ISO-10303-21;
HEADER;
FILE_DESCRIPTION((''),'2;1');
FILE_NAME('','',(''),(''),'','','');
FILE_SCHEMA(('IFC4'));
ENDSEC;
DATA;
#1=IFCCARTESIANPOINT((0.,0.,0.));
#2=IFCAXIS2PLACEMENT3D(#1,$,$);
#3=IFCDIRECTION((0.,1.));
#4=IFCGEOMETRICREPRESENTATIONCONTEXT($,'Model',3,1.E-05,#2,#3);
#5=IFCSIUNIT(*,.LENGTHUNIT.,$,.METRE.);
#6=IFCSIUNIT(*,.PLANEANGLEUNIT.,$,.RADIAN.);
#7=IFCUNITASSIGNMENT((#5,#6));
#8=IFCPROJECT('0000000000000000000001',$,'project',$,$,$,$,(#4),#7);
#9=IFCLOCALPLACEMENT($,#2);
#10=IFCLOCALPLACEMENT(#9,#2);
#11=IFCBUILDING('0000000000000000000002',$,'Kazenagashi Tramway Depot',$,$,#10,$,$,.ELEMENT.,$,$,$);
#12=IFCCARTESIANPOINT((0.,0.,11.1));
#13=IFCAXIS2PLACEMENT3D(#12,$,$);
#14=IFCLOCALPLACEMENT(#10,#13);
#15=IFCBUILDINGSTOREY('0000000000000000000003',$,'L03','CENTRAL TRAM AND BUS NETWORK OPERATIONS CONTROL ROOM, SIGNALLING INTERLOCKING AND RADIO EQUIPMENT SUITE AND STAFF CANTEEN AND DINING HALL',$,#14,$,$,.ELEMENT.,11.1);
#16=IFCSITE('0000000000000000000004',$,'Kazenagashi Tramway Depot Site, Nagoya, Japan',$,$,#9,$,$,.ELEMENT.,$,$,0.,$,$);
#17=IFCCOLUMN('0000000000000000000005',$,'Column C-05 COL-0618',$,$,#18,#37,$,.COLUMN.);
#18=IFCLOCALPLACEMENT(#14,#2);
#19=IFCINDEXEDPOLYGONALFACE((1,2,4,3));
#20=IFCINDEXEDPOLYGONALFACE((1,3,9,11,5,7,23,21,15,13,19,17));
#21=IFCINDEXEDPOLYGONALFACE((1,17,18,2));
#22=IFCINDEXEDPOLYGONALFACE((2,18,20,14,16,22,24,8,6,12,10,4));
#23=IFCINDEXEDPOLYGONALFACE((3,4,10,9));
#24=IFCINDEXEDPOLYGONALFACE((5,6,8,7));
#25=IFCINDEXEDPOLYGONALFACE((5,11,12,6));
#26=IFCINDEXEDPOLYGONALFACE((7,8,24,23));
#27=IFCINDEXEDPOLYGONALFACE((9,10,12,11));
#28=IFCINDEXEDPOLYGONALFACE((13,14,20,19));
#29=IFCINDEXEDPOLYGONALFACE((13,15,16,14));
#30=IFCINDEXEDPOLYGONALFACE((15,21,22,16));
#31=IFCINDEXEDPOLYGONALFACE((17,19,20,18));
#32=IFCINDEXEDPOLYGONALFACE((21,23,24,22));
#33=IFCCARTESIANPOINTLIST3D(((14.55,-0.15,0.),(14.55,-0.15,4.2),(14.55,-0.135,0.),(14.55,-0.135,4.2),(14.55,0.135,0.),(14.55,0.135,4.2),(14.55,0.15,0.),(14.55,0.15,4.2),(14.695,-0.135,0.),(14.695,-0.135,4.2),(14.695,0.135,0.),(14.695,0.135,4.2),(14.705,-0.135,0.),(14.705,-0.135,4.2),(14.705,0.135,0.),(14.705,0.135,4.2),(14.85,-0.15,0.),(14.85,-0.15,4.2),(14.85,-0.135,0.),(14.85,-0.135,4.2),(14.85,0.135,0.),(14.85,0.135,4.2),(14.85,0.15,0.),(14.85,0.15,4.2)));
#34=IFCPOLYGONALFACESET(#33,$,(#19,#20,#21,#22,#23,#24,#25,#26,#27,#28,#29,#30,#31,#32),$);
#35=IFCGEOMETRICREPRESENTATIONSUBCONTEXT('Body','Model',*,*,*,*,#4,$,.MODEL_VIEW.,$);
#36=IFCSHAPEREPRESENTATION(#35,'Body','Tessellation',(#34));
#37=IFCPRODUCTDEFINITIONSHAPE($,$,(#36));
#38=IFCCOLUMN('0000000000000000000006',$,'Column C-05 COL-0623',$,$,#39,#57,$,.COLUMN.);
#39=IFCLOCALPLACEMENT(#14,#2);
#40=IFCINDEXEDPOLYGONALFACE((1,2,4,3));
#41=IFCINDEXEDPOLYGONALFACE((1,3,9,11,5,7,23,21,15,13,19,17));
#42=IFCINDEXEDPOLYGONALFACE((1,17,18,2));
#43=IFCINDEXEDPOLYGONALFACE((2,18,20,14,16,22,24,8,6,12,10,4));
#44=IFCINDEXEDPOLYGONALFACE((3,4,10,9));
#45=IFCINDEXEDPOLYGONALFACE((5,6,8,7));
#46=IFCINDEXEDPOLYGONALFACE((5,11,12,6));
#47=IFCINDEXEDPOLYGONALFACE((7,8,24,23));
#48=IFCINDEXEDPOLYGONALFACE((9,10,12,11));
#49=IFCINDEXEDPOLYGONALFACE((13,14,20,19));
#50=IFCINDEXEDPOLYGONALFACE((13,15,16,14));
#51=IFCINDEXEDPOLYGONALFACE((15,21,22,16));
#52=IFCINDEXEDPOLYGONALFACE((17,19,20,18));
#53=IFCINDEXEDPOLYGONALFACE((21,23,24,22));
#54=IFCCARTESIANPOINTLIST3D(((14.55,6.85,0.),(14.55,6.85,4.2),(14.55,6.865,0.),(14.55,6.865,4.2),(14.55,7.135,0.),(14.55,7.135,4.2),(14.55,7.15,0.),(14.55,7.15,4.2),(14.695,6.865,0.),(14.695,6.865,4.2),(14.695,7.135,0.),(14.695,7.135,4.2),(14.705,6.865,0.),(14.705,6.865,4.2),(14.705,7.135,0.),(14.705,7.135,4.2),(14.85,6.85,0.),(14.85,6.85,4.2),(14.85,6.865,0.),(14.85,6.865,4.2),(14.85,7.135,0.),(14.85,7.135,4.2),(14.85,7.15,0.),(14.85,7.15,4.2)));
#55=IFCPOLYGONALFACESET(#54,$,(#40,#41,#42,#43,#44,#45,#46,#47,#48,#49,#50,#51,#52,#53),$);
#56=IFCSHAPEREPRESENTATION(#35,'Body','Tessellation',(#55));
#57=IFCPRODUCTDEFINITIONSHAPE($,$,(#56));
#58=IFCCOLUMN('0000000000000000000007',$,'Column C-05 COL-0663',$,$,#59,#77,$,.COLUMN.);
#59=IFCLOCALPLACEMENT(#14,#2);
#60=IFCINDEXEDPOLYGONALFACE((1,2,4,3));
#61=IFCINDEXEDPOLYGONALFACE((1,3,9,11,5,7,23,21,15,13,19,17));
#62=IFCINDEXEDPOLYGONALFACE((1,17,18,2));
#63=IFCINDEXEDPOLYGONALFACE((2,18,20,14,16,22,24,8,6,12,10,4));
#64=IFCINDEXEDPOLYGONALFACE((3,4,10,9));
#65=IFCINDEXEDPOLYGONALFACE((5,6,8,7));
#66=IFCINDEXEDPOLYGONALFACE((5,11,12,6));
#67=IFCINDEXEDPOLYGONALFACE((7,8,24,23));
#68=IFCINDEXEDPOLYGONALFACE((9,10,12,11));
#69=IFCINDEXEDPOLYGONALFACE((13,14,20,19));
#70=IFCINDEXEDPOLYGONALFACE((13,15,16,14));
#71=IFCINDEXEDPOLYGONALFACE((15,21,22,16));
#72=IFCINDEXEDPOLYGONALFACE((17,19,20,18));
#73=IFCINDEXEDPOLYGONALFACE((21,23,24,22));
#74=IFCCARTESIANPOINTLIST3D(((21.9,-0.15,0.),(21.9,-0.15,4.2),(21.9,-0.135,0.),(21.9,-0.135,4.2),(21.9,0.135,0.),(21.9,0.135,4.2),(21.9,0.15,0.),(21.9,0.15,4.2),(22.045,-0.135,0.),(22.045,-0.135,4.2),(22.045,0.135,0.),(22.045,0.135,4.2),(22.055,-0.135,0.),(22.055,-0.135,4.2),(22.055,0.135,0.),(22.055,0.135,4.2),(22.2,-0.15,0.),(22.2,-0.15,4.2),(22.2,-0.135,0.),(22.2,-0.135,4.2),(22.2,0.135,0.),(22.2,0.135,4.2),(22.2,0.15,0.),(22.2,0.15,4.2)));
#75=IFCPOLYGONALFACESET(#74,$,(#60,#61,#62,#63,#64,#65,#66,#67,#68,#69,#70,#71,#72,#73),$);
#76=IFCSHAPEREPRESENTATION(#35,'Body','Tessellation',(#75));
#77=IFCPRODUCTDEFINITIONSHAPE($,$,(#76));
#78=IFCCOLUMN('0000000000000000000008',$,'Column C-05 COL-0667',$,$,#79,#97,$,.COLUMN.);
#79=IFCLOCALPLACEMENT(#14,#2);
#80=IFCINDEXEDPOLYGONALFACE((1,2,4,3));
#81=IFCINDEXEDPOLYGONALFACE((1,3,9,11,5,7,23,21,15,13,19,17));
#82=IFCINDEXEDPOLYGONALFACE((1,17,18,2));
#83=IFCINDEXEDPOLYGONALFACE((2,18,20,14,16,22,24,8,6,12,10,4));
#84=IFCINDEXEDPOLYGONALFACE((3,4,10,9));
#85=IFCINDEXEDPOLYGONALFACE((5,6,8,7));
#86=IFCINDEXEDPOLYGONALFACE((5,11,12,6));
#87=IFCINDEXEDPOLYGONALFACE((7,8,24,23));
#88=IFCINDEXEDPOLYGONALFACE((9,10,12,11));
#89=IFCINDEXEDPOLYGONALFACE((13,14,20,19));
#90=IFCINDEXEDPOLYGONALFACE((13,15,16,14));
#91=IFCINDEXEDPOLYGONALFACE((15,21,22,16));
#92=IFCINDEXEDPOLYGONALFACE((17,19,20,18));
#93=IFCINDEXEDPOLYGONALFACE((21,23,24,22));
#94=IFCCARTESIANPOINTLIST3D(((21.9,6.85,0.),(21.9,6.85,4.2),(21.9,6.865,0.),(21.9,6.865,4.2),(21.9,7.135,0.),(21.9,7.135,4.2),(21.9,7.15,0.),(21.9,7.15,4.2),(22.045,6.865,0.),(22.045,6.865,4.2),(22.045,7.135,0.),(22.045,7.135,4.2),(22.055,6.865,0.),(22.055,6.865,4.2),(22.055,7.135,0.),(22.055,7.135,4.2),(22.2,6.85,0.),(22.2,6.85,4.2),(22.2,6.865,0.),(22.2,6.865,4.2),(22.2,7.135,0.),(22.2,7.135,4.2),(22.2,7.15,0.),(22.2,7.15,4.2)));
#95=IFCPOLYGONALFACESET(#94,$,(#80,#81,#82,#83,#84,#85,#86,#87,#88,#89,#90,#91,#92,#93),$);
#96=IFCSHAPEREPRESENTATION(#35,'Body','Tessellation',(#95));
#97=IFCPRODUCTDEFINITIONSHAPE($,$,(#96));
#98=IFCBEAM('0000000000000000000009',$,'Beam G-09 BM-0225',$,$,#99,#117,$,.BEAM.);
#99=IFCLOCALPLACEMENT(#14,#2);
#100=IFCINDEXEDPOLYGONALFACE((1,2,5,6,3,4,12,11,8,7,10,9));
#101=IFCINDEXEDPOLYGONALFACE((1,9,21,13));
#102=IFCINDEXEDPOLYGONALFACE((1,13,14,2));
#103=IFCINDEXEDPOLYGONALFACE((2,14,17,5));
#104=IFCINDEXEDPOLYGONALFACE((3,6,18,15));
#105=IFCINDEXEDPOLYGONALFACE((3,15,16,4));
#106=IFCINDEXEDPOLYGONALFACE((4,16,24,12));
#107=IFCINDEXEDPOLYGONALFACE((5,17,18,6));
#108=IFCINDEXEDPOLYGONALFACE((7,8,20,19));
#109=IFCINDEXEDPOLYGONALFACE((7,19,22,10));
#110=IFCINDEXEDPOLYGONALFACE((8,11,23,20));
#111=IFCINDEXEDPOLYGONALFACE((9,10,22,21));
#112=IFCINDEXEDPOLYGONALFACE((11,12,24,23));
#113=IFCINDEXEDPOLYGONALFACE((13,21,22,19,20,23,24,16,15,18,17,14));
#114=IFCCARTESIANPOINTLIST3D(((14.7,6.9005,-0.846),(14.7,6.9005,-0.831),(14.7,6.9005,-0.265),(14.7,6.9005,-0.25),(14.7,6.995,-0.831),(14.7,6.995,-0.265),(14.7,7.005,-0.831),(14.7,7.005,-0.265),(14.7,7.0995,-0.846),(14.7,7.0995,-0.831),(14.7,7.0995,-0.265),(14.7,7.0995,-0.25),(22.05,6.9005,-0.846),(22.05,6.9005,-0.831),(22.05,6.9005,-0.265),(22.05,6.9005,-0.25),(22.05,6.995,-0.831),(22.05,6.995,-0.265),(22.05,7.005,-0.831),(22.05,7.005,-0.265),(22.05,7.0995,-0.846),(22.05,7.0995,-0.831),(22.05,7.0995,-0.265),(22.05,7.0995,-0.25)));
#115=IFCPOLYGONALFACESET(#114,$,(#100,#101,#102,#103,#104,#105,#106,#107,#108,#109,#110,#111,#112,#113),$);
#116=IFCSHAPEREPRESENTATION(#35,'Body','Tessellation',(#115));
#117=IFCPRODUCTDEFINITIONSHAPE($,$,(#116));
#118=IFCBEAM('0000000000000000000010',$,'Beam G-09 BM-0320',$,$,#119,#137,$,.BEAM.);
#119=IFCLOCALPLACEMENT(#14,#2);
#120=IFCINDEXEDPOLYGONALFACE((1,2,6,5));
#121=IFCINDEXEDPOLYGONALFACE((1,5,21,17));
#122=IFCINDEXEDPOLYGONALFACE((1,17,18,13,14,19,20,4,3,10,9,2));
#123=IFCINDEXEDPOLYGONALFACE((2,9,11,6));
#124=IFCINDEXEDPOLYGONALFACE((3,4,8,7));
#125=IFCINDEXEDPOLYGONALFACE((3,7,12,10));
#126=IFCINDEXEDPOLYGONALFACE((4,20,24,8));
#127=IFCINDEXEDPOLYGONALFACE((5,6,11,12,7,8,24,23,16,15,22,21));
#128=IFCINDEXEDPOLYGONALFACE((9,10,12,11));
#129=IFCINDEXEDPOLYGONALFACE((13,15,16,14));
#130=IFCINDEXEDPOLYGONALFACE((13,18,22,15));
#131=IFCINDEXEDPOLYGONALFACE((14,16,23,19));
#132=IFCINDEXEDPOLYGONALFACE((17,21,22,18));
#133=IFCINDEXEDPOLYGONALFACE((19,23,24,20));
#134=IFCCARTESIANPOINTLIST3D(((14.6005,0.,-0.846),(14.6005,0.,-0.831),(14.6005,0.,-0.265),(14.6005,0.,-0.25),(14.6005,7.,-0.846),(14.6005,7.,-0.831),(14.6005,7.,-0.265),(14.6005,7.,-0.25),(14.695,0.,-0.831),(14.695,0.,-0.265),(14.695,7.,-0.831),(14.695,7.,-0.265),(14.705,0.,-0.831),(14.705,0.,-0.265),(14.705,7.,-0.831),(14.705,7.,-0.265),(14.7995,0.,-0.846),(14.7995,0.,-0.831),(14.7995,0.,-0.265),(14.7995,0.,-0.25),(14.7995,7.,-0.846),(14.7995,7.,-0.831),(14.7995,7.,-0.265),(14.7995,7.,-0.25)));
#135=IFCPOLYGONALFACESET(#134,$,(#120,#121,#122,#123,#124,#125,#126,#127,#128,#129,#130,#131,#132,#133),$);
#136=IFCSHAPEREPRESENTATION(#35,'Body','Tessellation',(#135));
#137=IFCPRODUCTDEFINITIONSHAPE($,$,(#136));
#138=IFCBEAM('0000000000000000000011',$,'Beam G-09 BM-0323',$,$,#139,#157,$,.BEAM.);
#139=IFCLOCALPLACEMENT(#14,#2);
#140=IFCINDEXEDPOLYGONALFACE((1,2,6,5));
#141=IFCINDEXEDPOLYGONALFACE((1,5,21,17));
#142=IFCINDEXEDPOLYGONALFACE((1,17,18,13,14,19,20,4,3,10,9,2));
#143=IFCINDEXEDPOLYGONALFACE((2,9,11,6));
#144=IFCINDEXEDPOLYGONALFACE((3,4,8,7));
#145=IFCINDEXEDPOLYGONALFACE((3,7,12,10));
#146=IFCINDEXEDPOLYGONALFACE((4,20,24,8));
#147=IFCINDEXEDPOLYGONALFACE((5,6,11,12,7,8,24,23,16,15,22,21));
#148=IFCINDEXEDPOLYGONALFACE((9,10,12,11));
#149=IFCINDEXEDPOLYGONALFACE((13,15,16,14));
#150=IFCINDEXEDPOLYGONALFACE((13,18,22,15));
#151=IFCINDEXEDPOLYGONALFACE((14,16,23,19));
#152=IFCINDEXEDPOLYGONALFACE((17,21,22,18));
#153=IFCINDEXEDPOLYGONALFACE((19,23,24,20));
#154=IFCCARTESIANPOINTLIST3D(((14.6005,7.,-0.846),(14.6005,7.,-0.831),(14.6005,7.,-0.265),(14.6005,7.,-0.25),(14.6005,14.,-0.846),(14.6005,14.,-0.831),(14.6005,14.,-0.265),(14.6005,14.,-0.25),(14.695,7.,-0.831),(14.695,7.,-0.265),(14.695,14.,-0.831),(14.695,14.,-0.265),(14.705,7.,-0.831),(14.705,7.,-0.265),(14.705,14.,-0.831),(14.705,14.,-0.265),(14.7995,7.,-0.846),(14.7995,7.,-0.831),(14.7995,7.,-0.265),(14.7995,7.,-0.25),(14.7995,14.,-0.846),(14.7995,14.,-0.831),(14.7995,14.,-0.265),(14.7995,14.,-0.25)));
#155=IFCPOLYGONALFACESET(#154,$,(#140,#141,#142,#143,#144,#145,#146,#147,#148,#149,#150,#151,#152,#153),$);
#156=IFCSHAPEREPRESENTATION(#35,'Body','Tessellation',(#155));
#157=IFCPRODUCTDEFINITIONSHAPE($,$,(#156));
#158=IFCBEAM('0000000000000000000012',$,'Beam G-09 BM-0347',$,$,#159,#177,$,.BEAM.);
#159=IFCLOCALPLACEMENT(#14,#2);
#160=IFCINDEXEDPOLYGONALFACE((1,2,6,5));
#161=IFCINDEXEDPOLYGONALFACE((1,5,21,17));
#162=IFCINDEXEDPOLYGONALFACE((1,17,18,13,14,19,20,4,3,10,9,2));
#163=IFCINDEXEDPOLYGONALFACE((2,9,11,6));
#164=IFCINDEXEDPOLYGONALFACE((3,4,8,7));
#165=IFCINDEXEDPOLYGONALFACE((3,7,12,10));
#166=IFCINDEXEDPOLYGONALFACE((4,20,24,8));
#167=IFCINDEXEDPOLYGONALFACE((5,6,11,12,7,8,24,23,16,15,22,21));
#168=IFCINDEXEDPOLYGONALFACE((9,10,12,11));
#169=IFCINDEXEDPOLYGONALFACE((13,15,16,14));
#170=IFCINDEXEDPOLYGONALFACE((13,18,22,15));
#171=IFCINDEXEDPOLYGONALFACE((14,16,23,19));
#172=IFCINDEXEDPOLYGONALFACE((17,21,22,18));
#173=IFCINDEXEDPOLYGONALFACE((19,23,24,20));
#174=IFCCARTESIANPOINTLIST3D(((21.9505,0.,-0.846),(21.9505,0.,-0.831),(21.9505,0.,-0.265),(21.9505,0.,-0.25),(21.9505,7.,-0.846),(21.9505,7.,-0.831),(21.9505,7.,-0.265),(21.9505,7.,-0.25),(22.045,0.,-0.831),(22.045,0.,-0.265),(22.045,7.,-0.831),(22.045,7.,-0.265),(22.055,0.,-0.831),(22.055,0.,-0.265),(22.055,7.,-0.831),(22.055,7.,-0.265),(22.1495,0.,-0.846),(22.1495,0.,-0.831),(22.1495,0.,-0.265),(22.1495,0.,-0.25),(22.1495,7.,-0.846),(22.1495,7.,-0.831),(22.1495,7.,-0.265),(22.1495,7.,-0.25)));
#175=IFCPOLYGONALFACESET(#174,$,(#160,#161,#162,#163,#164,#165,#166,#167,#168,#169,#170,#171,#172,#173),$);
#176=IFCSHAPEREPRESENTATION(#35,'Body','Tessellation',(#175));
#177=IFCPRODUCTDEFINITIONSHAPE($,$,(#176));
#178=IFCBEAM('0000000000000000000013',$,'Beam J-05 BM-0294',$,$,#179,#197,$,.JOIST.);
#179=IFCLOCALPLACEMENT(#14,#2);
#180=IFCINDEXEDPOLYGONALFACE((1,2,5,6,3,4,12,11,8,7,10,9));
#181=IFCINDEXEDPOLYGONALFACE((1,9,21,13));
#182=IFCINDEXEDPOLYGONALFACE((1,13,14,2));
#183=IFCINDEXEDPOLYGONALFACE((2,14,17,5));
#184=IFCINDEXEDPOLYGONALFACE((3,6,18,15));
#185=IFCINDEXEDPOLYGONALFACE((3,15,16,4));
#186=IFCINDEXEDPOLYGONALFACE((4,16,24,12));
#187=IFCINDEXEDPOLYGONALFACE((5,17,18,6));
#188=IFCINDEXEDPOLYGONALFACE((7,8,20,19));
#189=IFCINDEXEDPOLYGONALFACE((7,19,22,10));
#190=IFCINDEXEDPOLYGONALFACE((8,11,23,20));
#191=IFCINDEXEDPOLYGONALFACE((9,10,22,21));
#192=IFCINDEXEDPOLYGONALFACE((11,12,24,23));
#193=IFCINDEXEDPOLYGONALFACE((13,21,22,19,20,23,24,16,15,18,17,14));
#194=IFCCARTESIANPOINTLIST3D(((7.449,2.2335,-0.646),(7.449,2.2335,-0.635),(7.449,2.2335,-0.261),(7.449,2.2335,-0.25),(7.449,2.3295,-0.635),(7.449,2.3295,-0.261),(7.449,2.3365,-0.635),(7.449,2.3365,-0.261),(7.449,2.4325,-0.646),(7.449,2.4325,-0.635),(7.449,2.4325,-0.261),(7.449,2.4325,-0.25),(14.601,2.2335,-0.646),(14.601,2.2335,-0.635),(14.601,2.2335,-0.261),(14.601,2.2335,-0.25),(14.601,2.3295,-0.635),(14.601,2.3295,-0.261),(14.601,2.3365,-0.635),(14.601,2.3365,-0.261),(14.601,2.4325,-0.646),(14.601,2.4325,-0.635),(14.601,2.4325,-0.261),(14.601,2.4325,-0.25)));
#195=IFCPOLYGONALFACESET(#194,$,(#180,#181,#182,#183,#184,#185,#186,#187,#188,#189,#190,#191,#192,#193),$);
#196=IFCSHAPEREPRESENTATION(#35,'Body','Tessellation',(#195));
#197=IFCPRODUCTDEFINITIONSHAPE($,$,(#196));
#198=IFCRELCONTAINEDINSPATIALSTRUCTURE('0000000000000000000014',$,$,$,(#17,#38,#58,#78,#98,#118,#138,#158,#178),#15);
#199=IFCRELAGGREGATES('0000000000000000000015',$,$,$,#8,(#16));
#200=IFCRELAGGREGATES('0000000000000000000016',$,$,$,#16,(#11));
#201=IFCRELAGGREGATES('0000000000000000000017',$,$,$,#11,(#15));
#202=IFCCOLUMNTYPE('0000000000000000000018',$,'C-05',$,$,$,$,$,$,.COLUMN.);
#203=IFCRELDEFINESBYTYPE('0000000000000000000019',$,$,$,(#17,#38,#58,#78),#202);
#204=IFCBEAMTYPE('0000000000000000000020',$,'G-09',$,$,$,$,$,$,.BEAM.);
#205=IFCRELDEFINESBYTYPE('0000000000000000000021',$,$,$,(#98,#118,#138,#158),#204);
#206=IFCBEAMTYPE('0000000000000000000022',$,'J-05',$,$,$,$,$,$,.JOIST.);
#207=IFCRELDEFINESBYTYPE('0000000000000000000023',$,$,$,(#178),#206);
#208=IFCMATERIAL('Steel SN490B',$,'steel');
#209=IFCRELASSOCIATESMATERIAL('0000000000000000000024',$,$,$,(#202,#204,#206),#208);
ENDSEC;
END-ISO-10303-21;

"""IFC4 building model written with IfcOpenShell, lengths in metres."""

from ifc_helpers import new_model, si_unit, direction, frame, origin, origin_2d, place, context, subcontext, project, spatial, i_section, extrude, material, material_profile, profile_set, type_object, element, save


model = new_model("IFC4")

# Units and contexts
model_context = context("Model", 3, precision=1e-05, world=origin(), true_north=direction((0.0, 1.0)))
body_context = subcontext(model_context, "Body", "Model", "MODEL_VIEW")
ifc_project = project(units=[si_unit("LENGTHUNIT", "METRE"), si_unit("PLANEANGLEUNIT", "RADIAN")], contexts=[model_context])

# Site, building, storey
site_placement = place(None, origin())
site = spatial("IfcSite", under=ifc_project, at=site_placement, Name="Kazenagashi Tramway Depot Site, Nagoya, Japan", CompositionType="ELEMENT", RefElevation=0.0)
building_placement = place(site_placement, origin())
building = spatial("IfcBuilding", under=site, at=building_placement, Name="Kazenagashi Tramway Depot", CompositionType="ELEMENT")
storey_placement = place(building_placement, frame((0.0, 0.0, 11.1)))
storey = spatial("IfcBuildingStorey", under=building, at=storey_placement, Name="L03", Description="CENTRAL TRAM AND BUS NETWORK OPERATIONS CONTROL ROOM, SIGNALLING INTERLOCKING AND RADIO EQUIPMENT SUITE AND STAFF CANTEEN AND DINING HALL", CompositionType="ELEMENT", Elevation=11.1)

# Columns
ifc_material_1 = material(Name="Steel SN490B", Category="steel")
ifc_material_profile_1 = material_profile(ifc_material_1, i_section(OverallWidth=0.3, OverallDepth=0.3, WebThickness=0.01, FlangeThickness=0.015, at=origin_2d()), Name="H-300x300x10x15")
ifc_profile_set_1 = profile_set([ifc_material_profile_1], Name="Steel SN490B")
column_type = type_object("IfcColumnType", Name="C-05", PredefinedType="COLUMN", material=ifc_profile_set_1)
for number, where, z_axis, x_axis, name in (
    (1, (14.7, 0.0, 0.0), (0.0, 0.0, 1.0), (1.0, 0.0, 0.0), "Column C-05 COL-0618"),
    (2, (14.7, 7.0, 0.0), (0.0, 0.0, 1.0), (1.0, 0.0, 0.0), "Column C-05 COL-0623"),
    (3, (22.05, 0.0, 0.0), (0.0, 0.0, 1.0), (1.0, 0.0, 0.0), "Column C-05 COL-0663"),
    (4, (22.05, 7.0, 0.0), (0.0, 0.0, 1.0), (1.0, 0.0, 0.0), "Column C-05 COL-0667"),
):
    element("IfcColumn", number, at=place(storey_placement, frame(where, z_axis=z_axis, x_axis=x_axis)), inside=storey, type_object=column_type, Name=name, PredefinedType="COLUMN", context=body_context, shape_type="SweptSolid", body=[
        extrude(i_section(OverallWidth=0.3, OverallDepth=0.3, WebThickness=0.01, FlangeThickness=0.015, at=origin_2d()), origin(), (0.0, 0.0, 1.0), 4.2),
    ])

# Beams
ifc_material_profile_2 = material_profile(ifc_material_1, i_section(OverallWidth=0.199, OverallDepth=0.596, WebThickness=0.01, FlangeThickness=0.015, at=origin_2d()), Name="H-596x199x10x15")
ifc_profile_set_2 = profile_set([ifc_material_profile_2], Name="Steel SN490B")
beam_type_1 = type_object("IfcBeamType", Name="G-09", PredefinedType="BEAM", material=ifc_profile_set_2)
beam_placement = place(storey_placement, frame((14.7, 7.0, -0.548), z_axis=(1.0, 0.0, 0.0), x_axis=(0.0, 1.0, 0.0)))
element("IfcBeam", 5, at=beam_placement, inside=storey, type_object=beam_type_1, Name="Beam G-09 BM-0225", PredefinedType="BEAM", context=body_context, shape_type="SweptSolid", body=[
    extrude(i_section(OverallWidth=0.199, OverallDepth=0.596, WebThickness=0.01, FlangeThickness=0.015, at=origin_2d()), origin(), (0.0, 0.0, 1.0), 7.35),
])
for number, where, z_axis, x_axis, name in (
    (6, (14.7, 0.0, -0.548), (0.0, 1.0, 0.0), (-1.0, 0.0, 0.0), "Beam G-09 BM-0320"),
    (7, (14.7, 7.0, -0.548), (0.0, 1.0, 0.0), (-1.0, 0.0, 0.0), "Beam G-09 BM-0323"),
    (8, (22.05, 0.0, -0.548), (0.0, 1.0, 0.0), (-1.0, 0.0, 0.0), "Beam G-09 BM-0347"),
):
    element("IfcBeam", number, at=place(storey_placement, frame(where, z_axis=z_axis, x_axis=x_axis)), inside=storey, type_object=beam_type_1, Name=name, PredefinedType="BEAM", context=body_context, shape_type="SweptSolid", body=[
        extrude(i_section(OverallWidth=0.199, OverallDepth=0.596, WebThickness=0.01, FlangeThickness=0.015, at=origin_2d()), origin(), (0.0, 0.0, 1.0), 7.0),
    ])
ifc_material_profile_3 = material_profile(ifc_material_1, i_section(OverallWidth=0.199, OverallDepth=0.396, WebThickness=0.007, FlangeThickness=0.011, at=origin_2d()), Name="H-396x199x7x11")
ifc_profile_set_3 = profile_set([ifc_material_profile_3], Name="Steel SN490B")
beam_type_2 = type_object("IfcBeamType", Name="J-05", PredefinedType="JOIST", material=ifc_profile_set_3)
for number, where, z_axis, x_axis, name in (
    (9, (7.449, 2.333, -0.448), (1.0, 0.0, 0.0), (0.0, 1.0, 0.0), "Beam J-05 BM-0294"),
):
    element("IfcBeam", number, at=place(storey_placement, frame(where, z_axis=z_axis, x_axis=x_axis)), inside=storey, type_object=beam_type_2, Name=name, PredefinedType="JOIST", context=body_context, shape_type="SweptSolid", body=[
        extrude(i_section(OverallWidth=0.199, OverallDepth=0.396, WebThickness=0.007, FlangeThickness=0.011, at=origin_2d()), origin(), (0.0, 0.0, 1.0), 7.152),
    ])

save(model, "model.ifc")
